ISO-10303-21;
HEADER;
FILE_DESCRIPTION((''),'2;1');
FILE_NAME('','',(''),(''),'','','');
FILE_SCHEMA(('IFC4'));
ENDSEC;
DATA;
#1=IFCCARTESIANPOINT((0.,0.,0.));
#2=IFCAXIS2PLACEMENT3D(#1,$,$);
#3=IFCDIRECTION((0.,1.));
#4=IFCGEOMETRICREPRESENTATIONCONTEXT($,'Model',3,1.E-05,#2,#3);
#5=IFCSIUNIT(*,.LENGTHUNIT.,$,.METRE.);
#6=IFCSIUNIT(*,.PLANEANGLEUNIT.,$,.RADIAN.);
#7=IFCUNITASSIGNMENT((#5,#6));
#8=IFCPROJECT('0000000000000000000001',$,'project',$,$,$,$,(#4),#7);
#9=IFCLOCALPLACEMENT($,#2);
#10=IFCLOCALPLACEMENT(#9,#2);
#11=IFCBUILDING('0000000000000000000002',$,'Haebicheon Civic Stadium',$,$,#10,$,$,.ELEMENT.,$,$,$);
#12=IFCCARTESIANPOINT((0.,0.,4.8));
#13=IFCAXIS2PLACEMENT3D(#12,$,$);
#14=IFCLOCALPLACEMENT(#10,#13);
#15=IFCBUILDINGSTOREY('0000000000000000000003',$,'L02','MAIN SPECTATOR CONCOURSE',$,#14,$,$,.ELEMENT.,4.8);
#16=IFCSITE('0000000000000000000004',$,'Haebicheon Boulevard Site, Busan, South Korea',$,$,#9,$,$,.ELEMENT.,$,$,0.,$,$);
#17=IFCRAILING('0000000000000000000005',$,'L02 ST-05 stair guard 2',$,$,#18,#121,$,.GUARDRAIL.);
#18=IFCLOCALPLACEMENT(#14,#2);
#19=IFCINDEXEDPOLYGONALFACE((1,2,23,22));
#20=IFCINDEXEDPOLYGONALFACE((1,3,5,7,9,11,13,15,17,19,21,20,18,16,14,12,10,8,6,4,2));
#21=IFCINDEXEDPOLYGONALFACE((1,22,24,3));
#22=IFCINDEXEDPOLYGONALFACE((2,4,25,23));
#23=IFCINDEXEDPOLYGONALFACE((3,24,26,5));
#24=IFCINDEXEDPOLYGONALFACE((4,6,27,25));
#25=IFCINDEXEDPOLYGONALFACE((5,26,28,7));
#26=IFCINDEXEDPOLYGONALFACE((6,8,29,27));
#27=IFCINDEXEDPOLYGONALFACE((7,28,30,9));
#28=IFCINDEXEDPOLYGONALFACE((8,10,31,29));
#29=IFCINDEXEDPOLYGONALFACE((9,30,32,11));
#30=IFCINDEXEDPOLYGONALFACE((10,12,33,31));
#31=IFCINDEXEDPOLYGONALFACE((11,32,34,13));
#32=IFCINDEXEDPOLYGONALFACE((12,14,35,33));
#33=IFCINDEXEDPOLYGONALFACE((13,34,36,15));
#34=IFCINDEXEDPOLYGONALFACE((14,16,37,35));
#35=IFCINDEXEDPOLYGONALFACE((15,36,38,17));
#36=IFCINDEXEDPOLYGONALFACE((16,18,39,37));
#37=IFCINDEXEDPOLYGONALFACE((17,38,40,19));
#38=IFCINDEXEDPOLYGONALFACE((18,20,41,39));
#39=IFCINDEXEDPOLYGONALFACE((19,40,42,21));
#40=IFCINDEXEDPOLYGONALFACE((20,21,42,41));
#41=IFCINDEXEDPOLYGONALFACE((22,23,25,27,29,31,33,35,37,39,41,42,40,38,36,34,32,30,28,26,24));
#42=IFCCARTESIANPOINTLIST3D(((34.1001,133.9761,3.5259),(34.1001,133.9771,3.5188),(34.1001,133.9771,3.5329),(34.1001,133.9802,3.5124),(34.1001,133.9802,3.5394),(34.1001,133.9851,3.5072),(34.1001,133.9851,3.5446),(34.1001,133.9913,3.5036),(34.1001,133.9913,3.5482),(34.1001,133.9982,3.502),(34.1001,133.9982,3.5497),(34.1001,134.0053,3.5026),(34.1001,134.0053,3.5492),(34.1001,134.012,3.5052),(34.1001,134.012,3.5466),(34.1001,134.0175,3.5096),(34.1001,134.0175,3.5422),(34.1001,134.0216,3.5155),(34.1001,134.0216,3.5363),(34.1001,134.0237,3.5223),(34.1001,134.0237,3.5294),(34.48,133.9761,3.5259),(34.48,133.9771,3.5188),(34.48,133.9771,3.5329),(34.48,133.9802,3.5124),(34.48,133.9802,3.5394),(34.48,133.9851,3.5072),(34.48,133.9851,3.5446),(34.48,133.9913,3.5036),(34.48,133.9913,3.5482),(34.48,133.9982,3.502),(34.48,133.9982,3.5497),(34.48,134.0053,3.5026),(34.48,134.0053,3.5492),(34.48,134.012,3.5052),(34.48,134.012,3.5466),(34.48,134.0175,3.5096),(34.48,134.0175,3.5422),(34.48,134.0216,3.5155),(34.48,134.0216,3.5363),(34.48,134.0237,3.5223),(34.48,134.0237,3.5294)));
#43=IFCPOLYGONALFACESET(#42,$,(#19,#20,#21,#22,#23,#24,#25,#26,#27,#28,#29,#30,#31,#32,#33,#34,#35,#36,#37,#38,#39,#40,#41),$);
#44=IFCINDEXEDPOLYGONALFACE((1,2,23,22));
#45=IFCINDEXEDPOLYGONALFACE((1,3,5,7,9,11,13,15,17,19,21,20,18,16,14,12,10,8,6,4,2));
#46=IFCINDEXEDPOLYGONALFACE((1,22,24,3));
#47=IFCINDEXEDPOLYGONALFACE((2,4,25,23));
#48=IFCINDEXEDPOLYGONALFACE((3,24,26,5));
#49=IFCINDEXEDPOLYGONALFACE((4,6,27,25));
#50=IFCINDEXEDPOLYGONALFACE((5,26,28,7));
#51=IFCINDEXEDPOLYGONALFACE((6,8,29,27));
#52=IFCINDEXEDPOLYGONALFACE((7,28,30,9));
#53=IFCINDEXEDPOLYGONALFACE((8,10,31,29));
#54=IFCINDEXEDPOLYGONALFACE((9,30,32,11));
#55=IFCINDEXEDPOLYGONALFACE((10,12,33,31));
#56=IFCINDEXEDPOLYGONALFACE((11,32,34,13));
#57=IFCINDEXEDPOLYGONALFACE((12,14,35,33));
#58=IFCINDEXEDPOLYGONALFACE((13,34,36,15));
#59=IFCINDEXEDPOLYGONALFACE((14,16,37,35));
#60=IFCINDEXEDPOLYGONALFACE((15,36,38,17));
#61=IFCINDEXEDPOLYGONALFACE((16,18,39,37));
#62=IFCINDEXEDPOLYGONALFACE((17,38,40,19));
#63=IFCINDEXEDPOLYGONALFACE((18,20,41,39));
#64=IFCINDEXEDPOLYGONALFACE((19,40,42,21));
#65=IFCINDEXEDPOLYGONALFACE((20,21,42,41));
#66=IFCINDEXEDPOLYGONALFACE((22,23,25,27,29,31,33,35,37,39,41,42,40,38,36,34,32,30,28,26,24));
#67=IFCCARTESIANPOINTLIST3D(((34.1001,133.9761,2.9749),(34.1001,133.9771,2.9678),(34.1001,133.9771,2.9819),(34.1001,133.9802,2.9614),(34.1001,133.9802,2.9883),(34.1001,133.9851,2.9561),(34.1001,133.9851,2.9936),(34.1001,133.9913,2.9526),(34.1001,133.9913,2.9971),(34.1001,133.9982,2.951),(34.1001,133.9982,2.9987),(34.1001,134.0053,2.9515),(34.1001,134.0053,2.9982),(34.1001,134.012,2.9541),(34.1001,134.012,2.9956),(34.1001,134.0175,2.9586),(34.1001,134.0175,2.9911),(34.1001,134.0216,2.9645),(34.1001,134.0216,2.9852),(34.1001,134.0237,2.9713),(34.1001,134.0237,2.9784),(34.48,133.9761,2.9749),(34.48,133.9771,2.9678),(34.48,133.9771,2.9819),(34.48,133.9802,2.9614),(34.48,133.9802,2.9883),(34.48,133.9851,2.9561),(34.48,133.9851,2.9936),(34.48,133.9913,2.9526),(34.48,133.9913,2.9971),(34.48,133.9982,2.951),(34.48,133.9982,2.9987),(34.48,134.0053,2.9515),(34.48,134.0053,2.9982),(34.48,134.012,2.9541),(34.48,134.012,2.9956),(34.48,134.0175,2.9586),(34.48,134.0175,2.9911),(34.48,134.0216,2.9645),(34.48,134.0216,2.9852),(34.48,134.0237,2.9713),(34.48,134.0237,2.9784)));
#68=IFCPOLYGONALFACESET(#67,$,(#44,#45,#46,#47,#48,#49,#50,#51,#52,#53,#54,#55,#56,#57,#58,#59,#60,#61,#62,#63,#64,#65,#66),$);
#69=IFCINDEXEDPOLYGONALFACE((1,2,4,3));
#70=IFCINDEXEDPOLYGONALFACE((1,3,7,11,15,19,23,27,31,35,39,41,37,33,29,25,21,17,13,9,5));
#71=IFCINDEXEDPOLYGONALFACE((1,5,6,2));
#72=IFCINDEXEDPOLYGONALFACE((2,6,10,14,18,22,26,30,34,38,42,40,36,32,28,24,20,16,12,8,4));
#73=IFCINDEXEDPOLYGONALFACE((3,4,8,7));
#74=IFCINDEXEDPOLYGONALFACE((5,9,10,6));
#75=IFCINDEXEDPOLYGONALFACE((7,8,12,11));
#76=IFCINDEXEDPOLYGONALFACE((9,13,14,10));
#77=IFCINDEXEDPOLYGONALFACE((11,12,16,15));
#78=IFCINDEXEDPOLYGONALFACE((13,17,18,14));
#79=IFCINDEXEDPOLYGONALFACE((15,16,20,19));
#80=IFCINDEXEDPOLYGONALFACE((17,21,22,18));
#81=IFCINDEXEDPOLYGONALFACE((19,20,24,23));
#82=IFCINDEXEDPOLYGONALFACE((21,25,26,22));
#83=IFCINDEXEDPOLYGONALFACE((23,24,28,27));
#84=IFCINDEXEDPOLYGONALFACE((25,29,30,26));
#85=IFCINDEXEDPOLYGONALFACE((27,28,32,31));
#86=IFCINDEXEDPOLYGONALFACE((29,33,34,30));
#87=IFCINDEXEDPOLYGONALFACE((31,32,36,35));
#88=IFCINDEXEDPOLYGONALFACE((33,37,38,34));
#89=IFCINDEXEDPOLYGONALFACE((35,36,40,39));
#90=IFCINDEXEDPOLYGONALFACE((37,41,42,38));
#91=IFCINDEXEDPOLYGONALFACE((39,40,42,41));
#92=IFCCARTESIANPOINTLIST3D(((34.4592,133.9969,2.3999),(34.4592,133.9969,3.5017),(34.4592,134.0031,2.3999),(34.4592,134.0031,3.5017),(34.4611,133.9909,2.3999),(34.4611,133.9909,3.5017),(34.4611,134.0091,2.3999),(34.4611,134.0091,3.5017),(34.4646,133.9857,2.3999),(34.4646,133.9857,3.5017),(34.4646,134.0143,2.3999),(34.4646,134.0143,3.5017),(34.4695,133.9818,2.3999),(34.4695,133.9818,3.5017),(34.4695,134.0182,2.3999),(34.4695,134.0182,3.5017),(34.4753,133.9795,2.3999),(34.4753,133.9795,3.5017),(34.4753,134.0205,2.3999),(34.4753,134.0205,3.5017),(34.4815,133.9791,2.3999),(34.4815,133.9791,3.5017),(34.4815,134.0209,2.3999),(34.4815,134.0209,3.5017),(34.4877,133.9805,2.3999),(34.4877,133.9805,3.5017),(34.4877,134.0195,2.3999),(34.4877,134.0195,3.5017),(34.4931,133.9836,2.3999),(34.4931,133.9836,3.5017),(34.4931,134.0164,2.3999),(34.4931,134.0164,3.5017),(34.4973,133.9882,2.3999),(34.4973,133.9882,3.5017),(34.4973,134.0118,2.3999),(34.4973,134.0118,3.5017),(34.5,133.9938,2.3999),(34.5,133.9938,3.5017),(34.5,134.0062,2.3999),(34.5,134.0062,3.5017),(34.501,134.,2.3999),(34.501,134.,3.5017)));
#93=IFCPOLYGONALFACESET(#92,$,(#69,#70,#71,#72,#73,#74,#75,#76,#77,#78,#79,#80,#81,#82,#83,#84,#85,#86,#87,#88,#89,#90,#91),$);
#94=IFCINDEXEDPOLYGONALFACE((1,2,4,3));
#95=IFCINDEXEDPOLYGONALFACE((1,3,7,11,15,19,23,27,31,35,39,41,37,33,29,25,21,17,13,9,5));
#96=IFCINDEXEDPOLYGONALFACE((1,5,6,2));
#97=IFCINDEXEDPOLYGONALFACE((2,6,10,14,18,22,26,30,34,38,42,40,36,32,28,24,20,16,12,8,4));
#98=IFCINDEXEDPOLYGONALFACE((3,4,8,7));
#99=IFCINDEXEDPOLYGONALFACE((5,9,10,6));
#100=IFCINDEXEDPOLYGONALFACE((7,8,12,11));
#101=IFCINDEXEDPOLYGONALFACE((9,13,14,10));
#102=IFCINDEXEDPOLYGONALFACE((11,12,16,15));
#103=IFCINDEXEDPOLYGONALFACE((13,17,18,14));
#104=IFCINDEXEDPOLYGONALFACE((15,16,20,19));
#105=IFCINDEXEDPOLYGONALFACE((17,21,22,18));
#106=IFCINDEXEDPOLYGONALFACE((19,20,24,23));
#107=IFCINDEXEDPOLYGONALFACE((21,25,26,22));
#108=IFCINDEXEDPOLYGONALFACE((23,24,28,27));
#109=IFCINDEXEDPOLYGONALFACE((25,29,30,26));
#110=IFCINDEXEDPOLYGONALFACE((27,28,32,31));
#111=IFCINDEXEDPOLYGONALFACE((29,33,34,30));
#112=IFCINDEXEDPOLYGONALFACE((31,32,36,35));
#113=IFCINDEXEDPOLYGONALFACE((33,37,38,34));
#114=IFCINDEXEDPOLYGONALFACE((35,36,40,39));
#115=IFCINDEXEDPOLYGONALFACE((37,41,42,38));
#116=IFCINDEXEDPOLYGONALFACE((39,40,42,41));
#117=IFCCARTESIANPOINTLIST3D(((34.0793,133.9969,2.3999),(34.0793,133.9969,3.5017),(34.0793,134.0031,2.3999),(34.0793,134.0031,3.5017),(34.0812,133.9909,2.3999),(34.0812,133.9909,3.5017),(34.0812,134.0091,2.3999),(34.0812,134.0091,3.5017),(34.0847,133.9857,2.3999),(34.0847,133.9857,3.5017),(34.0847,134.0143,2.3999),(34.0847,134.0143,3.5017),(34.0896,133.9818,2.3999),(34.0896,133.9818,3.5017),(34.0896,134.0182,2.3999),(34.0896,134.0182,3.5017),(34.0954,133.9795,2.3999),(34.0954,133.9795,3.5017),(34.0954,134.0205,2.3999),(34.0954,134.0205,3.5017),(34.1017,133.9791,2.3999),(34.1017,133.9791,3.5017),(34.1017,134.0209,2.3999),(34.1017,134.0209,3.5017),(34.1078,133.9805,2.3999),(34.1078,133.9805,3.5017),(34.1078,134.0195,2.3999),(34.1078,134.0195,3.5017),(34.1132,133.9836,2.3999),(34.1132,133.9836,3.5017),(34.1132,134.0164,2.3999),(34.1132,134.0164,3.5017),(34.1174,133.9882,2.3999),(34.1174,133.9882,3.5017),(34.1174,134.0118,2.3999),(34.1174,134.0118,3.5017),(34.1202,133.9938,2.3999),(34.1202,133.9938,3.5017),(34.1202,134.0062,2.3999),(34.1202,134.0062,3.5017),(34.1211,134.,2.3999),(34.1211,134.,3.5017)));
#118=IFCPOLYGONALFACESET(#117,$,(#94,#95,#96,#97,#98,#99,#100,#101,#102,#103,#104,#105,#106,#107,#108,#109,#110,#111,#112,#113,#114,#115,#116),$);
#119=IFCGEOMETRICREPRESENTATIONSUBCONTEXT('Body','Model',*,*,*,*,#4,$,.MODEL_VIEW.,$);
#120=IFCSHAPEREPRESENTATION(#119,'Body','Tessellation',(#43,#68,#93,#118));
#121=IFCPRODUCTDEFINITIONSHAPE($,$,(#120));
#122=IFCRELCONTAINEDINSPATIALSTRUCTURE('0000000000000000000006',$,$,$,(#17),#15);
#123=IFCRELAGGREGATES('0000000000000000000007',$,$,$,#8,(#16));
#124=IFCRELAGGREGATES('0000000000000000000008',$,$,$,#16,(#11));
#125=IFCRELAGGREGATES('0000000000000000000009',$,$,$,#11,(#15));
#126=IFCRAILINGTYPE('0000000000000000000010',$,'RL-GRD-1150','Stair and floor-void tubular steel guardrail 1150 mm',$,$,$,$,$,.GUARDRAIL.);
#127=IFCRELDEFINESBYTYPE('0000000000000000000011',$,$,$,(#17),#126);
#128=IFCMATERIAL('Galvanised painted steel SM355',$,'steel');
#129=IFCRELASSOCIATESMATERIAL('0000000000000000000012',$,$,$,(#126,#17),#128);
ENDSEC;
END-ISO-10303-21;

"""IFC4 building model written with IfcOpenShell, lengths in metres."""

from ifc_helpers import new_model, si_unit, direction, frame, origin, origin_2d, place, context, subcontext, project, spatial, circle, extrude, material, type_object, element, save


model = new_model("IFC4")

# Units and contexts
model_context = context("Model", 3, precision=1e-05, world=origin(), true_north=direction((0.0, 1.0)))
body_context = subcontext(model_context, "Body", "Model", "MODEL_VIEW")
ifc_project = project(units=[si_unit("LENGTHUNIT", "METRE"), si_unit("PLANEANGLEUNIT", "RADIAN")], contexts=[model_context])

# Site, building, storey
site_placement = place(None, origin())
site = spatial("IfcSite", under=ifc_project, at=site_placement, Name="Haebicheon Boulevard Site, Busan, South Korea", CompositionType="ELEMENT", RefElevation=0.0)
building_placement = place(site_placement, origin())
building = spatial("IfcBuilding", under=site, at=building_placement, Name="Haebicheon Civic Stadium", CompositionType="ELEMENT")
storey_placement = place(building_placement, frame((0.0, 0.0, 4.8)))
storey = spatial("IfcBuildingStorey", under=building, at=storey_placement, Name="L02", Description="MAIN SPECTATOR CONCOURSE", CompositionType="ELEMENT", Elevation=4.8)

# Railing
ifc_material_1 = material(Name="Galvanised painted steel SM355", Category="steel")
railing_type_1 = type_object("IfcRailingType", Name="RL-GRD-1150", Description="Stair and floor-void tubular steel guardrail 1150 mm", PredefinedType="GUARDRAIL", material=ifc_material_1)
railing_1_placement = place(storey_placement, frame((34.48, 134.0, 2.3999)))
element("IfcRailing", 1, at=railing_1_placement, inside=storey, type_object=railing_type_1, material=ifc_material_1, Name="L02 ST-05 stair guard 2", PredefinedType="GUARDRAIL", context=body_context, shape_type="SweptSolid", body=[
    extrude(circle(Radius=0.0239, at=origin_2d()), frame((0.0, 0.0, 1.126), z_axis=(-1.0, 0.0, 0.0), x_axis=(0.0, -1.0, 0.0)), (0.0, 0.0, 1.0), 0.3799),
    extrude(circle(Radius=0.0239, at=origin_2d()), frame((0.0, 0.0, 0.575), z_axis=(-1.0, 0.0, 0.0), x_axis=(0.0, -1.0, 0.0)), (0.0, 0.0, 1.0), 0.3799),
    extrude(circle(Radius=0.021, at=origin_2d()), origin(), (0.0, 0.0, 1.0), 1.1018),
    extrude(circle(Radius=0.021, at=origin_2d()), frame((-0.3799, 0.0, 0.0)), (0.0, 0.0, 1.0), 1.1018),
])

save(model, "model.ifc")
